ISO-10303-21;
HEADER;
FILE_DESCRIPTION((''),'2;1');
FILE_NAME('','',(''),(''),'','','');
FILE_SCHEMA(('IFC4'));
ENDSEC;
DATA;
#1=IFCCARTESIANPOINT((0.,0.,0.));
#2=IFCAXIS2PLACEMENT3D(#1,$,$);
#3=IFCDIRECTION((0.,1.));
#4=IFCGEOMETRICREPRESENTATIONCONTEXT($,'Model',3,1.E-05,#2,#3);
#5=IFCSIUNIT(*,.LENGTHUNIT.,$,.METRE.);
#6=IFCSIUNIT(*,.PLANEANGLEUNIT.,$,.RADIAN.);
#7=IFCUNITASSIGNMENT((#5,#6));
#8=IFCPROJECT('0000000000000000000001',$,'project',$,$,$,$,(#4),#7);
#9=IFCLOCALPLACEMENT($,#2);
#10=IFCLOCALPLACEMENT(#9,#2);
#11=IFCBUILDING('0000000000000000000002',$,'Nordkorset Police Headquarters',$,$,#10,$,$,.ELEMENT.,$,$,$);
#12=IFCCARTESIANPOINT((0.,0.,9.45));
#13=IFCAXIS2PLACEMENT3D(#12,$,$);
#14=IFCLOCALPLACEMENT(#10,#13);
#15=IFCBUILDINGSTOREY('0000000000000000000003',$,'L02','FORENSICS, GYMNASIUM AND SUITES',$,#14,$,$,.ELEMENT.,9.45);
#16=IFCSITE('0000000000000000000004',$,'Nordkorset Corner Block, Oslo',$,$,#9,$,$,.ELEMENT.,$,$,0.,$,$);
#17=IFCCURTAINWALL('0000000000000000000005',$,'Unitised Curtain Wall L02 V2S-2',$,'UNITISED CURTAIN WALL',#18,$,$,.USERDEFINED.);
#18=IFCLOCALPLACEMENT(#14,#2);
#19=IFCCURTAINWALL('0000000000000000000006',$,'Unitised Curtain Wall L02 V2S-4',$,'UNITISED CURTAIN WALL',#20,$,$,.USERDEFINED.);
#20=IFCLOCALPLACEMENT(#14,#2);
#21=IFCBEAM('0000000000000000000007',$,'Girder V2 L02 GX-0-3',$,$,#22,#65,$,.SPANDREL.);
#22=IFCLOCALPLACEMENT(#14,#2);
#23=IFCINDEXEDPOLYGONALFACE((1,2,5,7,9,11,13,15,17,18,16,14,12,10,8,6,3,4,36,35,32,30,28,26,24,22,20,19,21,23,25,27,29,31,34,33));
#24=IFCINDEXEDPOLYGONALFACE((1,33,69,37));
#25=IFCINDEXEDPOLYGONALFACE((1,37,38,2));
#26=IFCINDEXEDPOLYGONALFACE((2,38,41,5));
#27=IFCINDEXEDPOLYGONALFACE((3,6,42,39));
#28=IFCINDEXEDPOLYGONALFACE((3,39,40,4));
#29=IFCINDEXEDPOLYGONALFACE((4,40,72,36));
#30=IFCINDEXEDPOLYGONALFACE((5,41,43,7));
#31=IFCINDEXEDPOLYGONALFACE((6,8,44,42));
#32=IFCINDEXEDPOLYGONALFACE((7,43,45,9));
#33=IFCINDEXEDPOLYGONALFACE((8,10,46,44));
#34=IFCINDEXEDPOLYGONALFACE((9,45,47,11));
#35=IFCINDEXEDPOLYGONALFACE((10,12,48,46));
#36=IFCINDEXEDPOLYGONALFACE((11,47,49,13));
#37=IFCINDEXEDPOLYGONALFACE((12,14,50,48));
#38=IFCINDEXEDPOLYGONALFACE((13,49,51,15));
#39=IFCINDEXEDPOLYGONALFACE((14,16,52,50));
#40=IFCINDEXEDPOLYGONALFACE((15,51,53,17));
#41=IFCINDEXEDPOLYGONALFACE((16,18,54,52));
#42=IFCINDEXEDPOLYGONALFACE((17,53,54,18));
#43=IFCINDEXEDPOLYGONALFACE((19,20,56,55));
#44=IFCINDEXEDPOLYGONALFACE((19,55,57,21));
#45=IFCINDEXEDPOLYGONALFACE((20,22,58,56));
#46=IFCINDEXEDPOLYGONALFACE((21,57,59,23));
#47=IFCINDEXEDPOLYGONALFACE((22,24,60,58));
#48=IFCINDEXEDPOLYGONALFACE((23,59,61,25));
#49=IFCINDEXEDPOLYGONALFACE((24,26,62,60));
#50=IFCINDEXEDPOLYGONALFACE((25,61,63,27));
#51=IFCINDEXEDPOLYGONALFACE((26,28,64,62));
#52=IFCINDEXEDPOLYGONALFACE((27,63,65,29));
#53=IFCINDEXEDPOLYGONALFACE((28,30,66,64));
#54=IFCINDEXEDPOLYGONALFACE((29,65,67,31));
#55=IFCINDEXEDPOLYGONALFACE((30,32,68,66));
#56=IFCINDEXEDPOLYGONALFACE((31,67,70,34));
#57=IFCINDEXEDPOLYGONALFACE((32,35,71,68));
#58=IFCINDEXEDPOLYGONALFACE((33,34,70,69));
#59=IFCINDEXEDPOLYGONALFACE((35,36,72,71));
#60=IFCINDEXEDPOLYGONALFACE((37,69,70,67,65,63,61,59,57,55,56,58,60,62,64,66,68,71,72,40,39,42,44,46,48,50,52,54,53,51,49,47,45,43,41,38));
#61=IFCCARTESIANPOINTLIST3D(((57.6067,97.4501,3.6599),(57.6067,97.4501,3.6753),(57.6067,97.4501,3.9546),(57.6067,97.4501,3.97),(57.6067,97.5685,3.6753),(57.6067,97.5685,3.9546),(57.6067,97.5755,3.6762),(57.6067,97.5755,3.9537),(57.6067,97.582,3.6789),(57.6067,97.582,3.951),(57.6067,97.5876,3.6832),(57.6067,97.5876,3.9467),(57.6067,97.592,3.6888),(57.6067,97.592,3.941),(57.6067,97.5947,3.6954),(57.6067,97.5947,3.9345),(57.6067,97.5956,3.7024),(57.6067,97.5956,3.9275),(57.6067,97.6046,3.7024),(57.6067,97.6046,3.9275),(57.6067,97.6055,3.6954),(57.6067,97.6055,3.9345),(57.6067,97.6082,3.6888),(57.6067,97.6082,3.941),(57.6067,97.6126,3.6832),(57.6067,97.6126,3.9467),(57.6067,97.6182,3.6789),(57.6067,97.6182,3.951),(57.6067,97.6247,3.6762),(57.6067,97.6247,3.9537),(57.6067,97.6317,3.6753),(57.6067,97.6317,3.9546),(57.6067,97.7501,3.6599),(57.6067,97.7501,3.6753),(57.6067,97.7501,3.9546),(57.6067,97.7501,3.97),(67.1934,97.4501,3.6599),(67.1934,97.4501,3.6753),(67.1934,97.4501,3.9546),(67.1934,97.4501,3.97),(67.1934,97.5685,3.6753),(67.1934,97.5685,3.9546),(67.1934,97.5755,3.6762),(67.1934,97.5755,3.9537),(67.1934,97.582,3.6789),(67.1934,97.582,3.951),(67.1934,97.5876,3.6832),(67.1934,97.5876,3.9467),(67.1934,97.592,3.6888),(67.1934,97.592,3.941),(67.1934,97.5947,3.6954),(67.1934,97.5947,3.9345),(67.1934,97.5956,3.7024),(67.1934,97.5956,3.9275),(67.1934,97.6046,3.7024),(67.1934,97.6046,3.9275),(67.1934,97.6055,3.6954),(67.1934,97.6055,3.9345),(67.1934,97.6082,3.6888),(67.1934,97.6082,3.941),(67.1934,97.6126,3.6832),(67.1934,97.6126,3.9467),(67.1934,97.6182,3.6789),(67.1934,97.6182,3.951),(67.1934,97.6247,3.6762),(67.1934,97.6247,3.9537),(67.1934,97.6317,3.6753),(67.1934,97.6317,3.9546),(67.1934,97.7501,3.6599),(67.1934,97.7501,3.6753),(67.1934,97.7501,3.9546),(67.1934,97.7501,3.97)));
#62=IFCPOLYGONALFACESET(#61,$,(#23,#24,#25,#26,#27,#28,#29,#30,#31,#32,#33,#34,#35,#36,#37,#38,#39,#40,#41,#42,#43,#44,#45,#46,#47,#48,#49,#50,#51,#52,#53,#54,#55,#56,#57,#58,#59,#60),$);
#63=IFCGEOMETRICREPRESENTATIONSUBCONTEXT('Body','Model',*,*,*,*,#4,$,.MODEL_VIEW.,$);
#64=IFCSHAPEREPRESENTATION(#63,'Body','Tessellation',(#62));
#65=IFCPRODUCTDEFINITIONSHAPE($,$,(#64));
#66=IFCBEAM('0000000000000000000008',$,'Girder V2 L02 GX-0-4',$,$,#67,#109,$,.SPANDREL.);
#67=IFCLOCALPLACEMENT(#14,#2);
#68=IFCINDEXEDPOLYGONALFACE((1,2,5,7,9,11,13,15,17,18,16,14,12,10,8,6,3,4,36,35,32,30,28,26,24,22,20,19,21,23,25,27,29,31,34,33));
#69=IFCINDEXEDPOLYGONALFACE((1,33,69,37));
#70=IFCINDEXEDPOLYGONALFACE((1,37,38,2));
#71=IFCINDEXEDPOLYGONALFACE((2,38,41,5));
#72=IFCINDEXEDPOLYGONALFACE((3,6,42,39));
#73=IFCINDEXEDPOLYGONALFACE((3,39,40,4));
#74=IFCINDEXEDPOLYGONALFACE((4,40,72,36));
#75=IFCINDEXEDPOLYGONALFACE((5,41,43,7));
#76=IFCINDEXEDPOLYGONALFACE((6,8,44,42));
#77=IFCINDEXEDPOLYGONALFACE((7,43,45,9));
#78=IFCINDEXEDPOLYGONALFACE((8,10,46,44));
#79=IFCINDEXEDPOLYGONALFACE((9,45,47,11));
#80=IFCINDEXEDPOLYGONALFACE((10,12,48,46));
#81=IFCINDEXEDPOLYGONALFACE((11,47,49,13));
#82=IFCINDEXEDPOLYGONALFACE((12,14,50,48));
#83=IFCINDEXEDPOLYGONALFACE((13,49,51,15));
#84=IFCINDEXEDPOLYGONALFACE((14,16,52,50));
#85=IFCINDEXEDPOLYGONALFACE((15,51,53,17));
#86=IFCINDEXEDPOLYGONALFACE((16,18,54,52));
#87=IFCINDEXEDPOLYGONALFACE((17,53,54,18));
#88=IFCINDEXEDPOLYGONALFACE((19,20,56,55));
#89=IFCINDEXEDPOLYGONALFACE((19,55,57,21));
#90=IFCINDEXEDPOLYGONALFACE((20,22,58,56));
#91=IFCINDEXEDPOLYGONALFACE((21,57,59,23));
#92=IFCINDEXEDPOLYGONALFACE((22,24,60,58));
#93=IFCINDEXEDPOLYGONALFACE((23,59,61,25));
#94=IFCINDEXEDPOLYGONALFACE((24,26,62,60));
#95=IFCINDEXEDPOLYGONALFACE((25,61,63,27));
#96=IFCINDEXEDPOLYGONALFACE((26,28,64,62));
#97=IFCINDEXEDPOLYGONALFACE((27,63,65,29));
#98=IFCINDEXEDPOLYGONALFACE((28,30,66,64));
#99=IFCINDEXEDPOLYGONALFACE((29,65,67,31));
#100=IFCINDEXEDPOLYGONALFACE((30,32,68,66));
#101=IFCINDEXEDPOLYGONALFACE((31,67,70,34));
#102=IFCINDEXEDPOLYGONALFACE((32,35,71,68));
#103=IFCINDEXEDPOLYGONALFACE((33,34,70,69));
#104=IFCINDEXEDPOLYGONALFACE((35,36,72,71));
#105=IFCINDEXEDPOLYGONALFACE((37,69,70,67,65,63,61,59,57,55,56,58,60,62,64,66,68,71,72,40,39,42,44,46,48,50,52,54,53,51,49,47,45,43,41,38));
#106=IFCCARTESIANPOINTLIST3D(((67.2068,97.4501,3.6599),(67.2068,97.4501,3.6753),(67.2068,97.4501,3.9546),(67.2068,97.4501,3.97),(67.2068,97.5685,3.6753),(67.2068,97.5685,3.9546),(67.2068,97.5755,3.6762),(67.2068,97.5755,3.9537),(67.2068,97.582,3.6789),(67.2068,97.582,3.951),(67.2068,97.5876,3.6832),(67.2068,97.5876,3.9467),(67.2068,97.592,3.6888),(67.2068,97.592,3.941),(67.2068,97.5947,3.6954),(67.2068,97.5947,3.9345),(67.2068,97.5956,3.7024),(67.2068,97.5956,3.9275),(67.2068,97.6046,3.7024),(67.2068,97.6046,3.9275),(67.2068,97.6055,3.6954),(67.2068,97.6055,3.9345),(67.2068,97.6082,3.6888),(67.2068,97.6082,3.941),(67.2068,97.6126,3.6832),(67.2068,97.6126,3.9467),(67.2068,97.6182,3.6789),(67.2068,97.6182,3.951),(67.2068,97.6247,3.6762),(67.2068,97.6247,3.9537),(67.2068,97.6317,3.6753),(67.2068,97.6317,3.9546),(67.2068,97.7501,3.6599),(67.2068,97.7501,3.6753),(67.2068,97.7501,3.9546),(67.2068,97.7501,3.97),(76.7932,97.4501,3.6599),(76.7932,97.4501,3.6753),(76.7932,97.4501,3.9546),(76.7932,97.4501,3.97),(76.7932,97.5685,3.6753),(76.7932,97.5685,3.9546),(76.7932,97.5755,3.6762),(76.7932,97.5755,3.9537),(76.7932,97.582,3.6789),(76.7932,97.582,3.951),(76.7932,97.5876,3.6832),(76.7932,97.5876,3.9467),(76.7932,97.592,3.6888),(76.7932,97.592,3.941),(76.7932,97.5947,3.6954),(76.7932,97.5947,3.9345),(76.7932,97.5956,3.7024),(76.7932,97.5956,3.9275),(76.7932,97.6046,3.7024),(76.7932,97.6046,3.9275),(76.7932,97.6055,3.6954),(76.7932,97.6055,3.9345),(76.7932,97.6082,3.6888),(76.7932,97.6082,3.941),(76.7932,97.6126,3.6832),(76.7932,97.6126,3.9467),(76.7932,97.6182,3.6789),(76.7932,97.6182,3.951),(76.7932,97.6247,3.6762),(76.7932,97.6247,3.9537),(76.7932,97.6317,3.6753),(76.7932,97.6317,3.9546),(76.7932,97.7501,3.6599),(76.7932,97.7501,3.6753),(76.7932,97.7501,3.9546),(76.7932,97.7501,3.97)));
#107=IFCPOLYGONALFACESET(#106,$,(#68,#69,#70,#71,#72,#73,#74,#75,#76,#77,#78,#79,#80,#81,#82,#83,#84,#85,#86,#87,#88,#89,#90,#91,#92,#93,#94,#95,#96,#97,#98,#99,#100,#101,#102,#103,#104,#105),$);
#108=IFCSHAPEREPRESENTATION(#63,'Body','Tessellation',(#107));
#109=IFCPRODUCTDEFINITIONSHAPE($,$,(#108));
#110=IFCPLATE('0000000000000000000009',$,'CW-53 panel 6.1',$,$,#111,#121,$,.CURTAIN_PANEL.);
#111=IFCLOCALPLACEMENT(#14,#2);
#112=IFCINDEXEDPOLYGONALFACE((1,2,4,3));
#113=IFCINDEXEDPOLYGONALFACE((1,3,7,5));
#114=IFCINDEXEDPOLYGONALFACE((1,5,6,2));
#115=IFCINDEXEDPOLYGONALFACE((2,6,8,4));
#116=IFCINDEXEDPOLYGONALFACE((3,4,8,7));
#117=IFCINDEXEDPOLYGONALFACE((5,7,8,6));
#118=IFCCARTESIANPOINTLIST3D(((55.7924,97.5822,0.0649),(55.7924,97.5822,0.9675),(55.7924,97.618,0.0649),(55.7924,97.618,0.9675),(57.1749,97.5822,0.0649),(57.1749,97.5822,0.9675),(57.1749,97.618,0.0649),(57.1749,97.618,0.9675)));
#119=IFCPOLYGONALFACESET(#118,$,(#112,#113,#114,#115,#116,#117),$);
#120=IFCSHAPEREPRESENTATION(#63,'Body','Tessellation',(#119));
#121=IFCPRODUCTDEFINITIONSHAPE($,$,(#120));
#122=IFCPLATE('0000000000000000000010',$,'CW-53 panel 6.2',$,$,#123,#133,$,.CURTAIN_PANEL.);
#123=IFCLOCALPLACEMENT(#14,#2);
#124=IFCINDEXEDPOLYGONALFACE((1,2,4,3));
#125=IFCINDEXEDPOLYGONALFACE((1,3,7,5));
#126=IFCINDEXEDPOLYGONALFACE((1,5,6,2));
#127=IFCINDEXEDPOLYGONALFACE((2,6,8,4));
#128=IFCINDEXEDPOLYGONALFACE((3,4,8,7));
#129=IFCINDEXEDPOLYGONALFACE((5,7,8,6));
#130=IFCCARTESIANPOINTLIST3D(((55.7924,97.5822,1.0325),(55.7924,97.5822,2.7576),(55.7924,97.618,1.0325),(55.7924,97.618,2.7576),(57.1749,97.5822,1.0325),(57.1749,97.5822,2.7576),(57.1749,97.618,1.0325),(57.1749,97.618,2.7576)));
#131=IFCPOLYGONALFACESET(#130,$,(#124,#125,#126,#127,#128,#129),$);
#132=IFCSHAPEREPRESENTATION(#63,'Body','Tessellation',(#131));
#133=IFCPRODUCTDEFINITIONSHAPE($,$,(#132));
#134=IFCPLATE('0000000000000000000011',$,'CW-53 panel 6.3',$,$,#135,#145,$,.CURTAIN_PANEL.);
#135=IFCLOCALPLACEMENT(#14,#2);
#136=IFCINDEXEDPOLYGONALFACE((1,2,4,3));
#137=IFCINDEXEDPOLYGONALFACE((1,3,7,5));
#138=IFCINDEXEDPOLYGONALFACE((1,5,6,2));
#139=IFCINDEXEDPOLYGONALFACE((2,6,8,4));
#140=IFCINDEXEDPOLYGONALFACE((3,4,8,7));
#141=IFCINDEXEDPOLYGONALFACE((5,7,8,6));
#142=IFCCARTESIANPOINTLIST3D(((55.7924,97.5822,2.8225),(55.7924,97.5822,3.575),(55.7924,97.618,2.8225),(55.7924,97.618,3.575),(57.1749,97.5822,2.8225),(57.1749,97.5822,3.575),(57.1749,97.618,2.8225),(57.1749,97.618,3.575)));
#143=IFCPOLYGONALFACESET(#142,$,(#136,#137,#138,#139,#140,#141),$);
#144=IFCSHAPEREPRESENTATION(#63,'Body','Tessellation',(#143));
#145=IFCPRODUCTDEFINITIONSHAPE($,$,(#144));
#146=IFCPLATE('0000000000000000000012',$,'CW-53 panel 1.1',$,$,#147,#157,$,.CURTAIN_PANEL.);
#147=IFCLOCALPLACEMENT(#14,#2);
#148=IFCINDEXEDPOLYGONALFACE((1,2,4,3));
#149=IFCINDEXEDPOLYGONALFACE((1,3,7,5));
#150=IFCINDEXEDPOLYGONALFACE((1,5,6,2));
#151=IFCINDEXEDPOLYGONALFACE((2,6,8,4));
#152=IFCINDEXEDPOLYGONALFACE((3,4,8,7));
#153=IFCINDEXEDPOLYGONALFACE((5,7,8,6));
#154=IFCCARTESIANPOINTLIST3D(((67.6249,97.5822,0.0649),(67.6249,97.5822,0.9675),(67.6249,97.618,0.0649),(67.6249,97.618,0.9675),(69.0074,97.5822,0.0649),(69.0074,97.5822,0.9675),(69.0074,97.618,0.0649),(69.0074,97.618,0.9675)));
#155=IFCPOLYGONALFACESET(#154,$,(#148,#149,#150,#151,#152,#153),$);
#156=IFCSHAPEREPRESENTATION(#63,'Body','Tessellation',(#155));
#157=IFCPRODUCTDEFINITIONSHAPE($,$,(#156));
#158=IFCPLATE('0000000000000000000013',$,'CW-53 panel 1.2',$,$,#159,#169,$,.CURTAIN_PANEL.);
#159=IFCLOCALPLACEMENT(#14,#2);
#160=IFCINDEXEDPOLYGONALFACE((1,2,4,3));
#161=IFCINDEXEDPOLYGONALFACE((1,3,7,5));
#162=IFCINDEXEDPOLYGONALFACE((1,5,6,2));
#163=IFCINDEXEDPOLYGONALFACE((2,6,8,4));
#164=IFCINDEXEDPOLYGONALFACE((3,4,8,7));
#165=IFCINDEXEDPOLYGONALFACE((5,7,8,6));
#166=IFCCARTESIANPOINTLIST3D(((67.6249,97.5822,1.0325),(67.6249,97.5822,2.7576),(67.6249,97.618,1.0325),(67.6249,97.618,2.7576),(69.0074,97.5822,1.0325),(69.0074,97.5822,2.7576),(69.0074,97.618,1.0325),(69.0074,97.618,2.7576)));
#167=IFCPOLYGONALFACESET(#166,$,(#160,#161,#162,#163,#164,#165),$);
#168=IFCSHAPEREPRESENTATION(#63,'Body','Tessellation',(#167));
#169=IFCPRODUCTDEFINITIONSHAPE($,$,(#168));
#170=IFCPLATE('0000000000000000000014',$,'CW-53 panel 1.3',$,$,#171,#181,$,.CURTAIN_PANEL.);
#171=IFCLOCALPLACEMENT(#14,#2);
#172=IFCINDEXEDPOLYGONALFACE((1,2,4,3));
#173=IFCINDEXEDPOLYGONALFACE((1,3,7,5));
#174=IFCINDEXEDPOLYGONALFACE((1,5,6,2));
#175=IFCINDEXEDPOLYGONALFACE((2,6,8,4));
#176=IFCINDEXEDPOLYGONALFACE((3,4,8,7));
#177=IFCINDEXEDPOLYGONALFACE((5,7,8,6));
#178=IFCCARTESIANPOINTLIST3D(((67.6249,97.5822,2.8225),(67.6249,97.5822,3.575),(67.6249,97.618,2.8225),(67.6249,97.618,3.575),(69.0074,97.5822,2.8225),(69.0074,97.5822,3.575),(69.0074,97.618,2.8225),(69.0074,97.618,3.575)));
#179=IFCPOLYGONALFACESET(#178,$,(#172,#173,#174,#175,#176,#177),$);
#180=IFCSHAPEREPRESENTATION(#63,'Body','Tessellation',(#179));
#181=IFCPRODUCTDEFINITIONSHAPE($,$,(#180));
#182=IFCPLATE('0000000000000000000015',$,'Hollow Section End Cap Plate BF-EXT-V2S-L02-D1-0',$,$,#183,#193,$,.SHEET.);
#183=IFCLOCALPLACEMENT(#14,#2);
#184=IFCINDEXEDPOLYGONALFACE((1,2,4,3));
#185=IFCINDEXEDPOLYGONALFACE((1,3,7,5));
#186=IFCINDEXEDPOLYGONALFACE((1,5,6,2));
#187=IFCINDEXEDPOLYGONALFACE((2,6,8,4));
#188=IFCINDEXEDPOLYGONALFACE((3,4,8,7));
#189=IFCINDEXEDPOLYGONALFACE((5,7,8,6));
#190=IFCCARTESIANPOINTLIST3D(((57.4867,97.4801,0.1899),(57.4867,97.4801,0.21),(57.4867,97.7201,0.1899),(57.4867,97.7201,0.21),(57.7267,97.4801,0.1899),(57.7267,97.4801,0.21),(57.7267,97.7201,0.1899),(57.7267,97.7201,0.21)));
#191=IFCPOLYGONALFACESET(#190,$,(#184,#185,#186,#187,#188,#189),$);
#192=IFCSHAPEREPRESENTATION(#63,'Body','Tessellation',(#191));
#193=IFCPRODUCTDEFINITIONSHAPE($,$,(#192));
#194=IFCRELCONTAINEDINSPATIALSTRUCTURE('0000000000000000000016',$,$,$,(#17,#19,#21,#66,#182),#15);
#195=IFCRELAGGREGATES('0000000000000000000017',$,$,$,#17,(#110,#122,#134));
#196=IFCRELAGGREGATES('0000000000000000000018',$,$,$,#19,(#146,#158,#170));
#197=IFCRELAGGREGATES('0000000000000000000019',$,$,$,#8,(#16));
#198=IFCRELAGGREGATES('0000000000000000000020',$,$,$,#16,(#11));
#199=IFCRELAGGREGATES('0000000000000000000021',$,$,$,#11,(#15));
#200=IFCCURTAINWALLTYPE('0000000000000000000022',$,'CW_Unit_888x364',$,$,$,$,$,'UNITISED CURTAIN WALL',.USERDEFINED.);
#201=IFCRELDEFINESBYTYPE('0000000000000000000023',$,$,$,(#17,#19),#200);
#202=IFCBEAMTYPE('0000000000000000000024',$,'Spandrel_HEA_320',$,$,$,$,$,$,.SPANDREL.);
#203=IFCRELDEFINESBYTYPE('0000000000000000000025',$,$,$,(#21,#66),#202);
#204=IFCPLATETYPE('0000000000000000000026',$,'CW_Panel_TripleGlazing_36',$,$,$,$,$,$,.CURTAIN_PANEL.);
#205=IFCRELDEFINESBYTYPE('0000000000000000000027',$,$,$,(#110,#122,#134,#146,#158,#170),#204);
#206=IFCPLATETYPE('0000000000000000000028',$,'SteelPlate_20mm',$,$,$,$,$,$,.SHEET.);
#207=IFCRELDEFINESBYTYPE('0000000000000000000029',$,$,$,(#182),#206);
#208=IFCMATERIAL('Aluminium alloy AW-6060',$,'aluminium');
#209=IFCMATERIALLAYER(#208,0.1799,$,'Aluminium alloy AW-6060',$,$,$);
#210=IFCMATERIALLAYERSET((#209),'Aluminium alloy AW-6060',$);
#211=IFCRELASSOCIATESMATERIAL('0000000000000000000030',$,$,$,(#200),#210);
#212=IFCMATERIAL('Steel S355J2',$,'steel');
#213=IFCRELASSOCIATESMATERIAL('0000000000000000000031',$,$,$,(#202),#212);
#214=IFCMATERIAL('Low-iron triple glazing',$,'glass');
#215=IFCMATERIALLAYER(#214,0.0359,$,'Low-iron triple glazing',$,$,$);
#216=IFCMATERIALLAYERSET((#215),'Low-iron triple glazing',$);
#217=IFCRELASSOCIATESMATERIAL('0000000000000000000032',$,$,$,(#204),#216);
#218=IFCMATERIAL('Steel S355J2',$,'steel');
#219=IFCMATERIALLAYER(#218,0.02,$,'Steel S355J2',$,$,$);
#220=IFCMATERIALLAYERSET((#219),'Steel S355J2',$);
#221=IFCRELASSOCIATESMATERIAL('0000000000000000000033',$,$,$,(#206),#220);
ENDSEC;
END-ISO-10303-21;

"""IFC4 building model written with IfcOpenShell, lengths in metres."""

from ifc_helpers import new_model, si_unit, direction, frame, origin, origin_2d, place, context, subcontext, project, spatial, rectangle, i_section, extrude, material, layer, layer_set, material_profile, profile_set, type_object, element, aggregate, save


model = new_model("IFC4")

# Units and contexts
model_context = context("Model", 3, precision=1e-05, world=origin(), true_north=direction((0.0, 1.0)))
body_context = subcontext(model_context, "Body", "Model", "MODEL_VIEW")
ifc_project = project(units=[si_unit("LENGTHUNIT", "METRE"), si_unit("PLANEANGLEUNIT", "RADIAN")], contexts=[model_context])

# Site, building, storey
site_placement = place(None, origin())
site = spatial("IfcSite", under=ifc_project, at=site_placement, Name="Nordkorset Corner Block, Oslo", CompositionType="ELEMENT", RefElevation=0.0)
building_placement = place(site_placement, origin())
building = spatial("IfcBuilding", under=site, at=building_placement, Name="Nordkorset Police Headquarters", CompositionType="ELEMENT")
storey_placement = place(building_placement, frame((0.0, 0.0, 9.45)))
storey = spatial("IfcBuildingStorey", under=building, at=storey_placement, Name="L02", Description="FORENSICS, GYMNASIUM AND SUITES", CompositionType="ELEMENT", Elevation=9.45)

# Curtain wall
ifc_material_1 = material(Name="Aluminium alloy AW-6060", Category="aluminium")
ifc_layer_1 = layer(ifc_material_1, 0.1799, Name="Aluminium alloy AW-6060")
ifc_layer_set_1 = layer_set([ifc_layer_1], Name="Aluminium alloy AW-6060")
curtain_wall_type = type_object("IfcCurtainWallType", Name="CW_Unit_888x364", ElementType="UNITISED CURTAIN WALL", PredefinedType="USERDEFINED", material=ifc_layer_set_1)
curtain_wall_1_placement = place(storey_placement, origin())
curtain_wall_1 = element("IfcCurtainWall", 1, at=curtain_wall_1_placement, inside=storey, type_object=curtain_wall_type, Name="Unitised Curtain Wall L02 V2S-2", ObjectType="UNITISED CURTAIN WALL", PredefinedType="USERDEFINED")

# Curtain wall
curtain_wall_2_placement = place(storey_placement, origin())
curtain_wall_2 = element("IfcCurtainWall", 2, at=curtain_wall_2_placement, inside=storey, type_object=curtain_wall_type, Name="Unitised Curtain Wall L02 V2S-4", ObjectType="UNITISED CURTAIN WALL", PredefinedType="USERDEFINED")

# Beams
ifc_material_2 = material(Name="Steel S355J2", Category="steel")
ifc_material_profile_1 = material_profile(ifc_material_2, i_section(OverallWidth=0.3, OverallDepth=0.3101, WebThickness=0.009, FlangeThickness=0.0154, FilletRadius=0.0271, at=origin_2d()), Name="HEA 320")
ifc_profile_set_1 = profile_set([ifc_material_profile_1], Name="Steel S355J2")
beam_type = type_object("IfcBeamType", Name="Spandrel_HEA_320", PredefinedType="SPANDREL", material=ifc_profile_set_1)
beam_1_placement = place(storey_placement, frame((57.6067, 97.6001, 3.8149), z_axis=(1.0, 0.0, 0.0), x_axis=(0.0, 1.0, 0.0)))
element("IfcBeam", 3, at=beam_1_placement, inside=storey, type_object=beam_type, Name="Girder V2 L02 GX-0-3", PredefinedType="SPANDREL", context=body_context, shape_type="SweptSolid", body=[
    extrude(i_section(OverallWidth=0.3, OverallDepth=0.3101, WebThickness=0.009, FlangeThickness=0.0154, FilletRadius=0.0271, at=origin_2d()), origin(), (0.0, 0.0, 1.0), 9.5867),
])
beam_2_placement = place(storey_placement, frame((67.2068, 97.6001, 3.8149), z_axis=(1.0, 0.0, 0.0), x_axis=(0.0, 1.0, 0.0)))
element("IfcBeam", 4, at=beam_2_placement, inside=storey, type_object=beam_type, Name="Girder V2 L02 GX-0-4", PredefinedType="SPANDREL", context=body_context, shape_type="SweptSolid", body=[
    extrude(i_section(OverallWidth=0.3, OverallDepth=0.3101, WebThickness=0.009, FlangeThickness=0.0154, FilletRadius=0.0271, at=origin_2d()), origin(), (0.0, 0.0, 1.0), 9.5864),
])

# Plates
ifc_material_3 = material(Name="Low-iron triple glazing", Category="glass")
ifc_layer_2 = layer(ifc_material_3, 0.0359, Name="Low-iron triple glazing")
ifc_layer_set_2 = layer_set([ifc_layer_2], Name="Low-iron triple glazing")
plate_type_1 = type_object("IfcPlateType", Name="CW_Panel_TripleGlazing_36", PredefinedType="CURTAIN_PANEL", material=ifc_layer_set_2)
plate_1_placement = place(storey_placement, frame((56.4836, 97.6001, 0.0649), z_axis=(0.0, 0.0, 1.0), x_axis=(1.0, 0.0, 0.0)))
plate_1 = element("IfcPlate", 5, at=plate_1_placement, type_object=plate_type_1, Name="CW-53 panel 6.1", PredefinedType="CURTAIN_PANEL", context=body_context, shape_type="SweptSolid", body=[
    extrude(rectangle(XDim=1.3826, YDim=0.0359, at=origin_2d()), origin(), (0.0, 0.0, 1.0), 0.9026),
])
plate_2_placement = place(storey_placement, frame((56.4836, 97.6001, 1.0325), z_axis=(0.0, 0.0, 1.0), x_axis=(1.0, 0.0, 0.0)))
plate_2 = element("IfcPlate", 6, at=plate_2_placement, type_object=plate_type_1, Name="CW-53 panel 6.2", PredefinedType="CURTAIN_PANEL", context=body_context, shape_type="SweptSolid", body=[
    extrude(rectangle(XDim=1.3826, YDim=0.0359, at=origin_2d()), origin(), (0.0, 0.0, 1.0), 1.7251),
])
plate_3_placement = place(storey_placement, frame((56.4836, 97.6001, 2.8225), z_axis=(0.0, 0.0, 1.0), x_axis=(1.0, 0.0, 0.0)))
plate_3 = element("IfcPlate", 7, at=plate_3_placement, type_object=plate_type_1, Name="CW-53 panel 6.3", PredefinedType="CURTAIN_PANEL", context=body_context, shape_type="SweptSolid", body=[
    extrude(rectangle(XDim=1.3826, YDim=0.0359, at=origin_2d()), origin(), (0.0, 0.0, 1.0), 0.7524),
])
aggregate(curtain_wall_1, [plate_1, plate_2, plate_3])
plate_4_placement = place(storey_placement, frame((68.3162, 97.6001, 0.0649), z_axis=(0.0, 0.0, 1.0), x_axis=(1.0, 0.0, 0.0)))
plate_4 = element("IfcPlate", 8, at=plate_4_placement, type_object=plate_type_1, Name="CW-53 panel 1.1", PredefinedType="CURTAIN_PANEL", context=body_context, shape_type="SweptSolid", body=[
    extrude(rectangle(XDim=1.3826, YDim=0.0359, at=origin_2d()), origin(), (0.0, 0.0, 1.0), 0.9026),
])
plate_5_placement = place(storey_placement, frame((68.3162, 97.6001, 1.0325), z_axis=(0.0, 0.0, 1.0), x_axis=(1.0, 0.0, 0.0)))
plate_5 = element("IfcPlate", 9, at=plate_5_placement, type_object=plate_type_1, Name="CW-53 panel 1.2", PredefinedType="CURTAIN_PANEL", context=body_context, shape_type="SweptSolid", body=[
    extrude(rectangle(XDim=1.3826, YDim=0.0359, at=origin_2d()), origin(), (0.0, 0.0, 1.0), 1.7251),
])
plate_6_placement = place(storey_placement, frame((68.3162, 97.6001, 2.8225), z_axis=(0.0, 0.0, 1.0), x_axis=(1.0, 0.0, 0.0)))
plate_6 = element("IfcPlate", 10, at=plate_6_placement, type_object=plate_type_1, Name="CW-53 panel 1.3", PredefinedType="CURTAIN_PANEL", context=body_context, shape_type="SweptSolid", body=[
    extrude(rectangle(XDim=1.3826, YDim=0.0359, at=origin_2d()), origin(), (0.0, 0.0, 1.0), 0.7524),
])
aggregate(curtain_wall_2, [plate_4, plate_5, plate_6])

# Plate
ifc_material_4 = material(Name="Steel S355J2", Category="steel")
ifc_layer_3 = layer(ifc_material_4, 0.02, Name="Steel S355J2")
ifc_layer_set_3 = layer_set([ifc_layer_3], Name="Steel S355J2")
plate_type_2 = type_object("IfcPlateType", Name="SteelPlate_20mm", PredefinedType="SHEET", material=ifc_layer_set_3)
for number, where, z_axis, x_axis, name in (
    (11, (57.6067, 97.6001, 0.1899), (0.0, 0.0, 1.0), (1.0, 0.0, 0.0), "Hollow Section End Cap Plate BF-EXT-V2S-L02-D1-0"),
):
    element("IfcPlate", number, at=place(storey_placement, frame(where, z_axis=z_axis, x_axis=x_axis)), inside=storey, type_object=plate_type_2, Name=name, PredefinedType="SHEET", context=body_context, shape_type="SweptSolid", body=[
        extrude(rectangle(XDim=0.24, YDim=0.24, at=origin_2d()), origin(), (0.0, 0.0, 1.0), 0.02),
    ])

save(model, "model.ifc")
